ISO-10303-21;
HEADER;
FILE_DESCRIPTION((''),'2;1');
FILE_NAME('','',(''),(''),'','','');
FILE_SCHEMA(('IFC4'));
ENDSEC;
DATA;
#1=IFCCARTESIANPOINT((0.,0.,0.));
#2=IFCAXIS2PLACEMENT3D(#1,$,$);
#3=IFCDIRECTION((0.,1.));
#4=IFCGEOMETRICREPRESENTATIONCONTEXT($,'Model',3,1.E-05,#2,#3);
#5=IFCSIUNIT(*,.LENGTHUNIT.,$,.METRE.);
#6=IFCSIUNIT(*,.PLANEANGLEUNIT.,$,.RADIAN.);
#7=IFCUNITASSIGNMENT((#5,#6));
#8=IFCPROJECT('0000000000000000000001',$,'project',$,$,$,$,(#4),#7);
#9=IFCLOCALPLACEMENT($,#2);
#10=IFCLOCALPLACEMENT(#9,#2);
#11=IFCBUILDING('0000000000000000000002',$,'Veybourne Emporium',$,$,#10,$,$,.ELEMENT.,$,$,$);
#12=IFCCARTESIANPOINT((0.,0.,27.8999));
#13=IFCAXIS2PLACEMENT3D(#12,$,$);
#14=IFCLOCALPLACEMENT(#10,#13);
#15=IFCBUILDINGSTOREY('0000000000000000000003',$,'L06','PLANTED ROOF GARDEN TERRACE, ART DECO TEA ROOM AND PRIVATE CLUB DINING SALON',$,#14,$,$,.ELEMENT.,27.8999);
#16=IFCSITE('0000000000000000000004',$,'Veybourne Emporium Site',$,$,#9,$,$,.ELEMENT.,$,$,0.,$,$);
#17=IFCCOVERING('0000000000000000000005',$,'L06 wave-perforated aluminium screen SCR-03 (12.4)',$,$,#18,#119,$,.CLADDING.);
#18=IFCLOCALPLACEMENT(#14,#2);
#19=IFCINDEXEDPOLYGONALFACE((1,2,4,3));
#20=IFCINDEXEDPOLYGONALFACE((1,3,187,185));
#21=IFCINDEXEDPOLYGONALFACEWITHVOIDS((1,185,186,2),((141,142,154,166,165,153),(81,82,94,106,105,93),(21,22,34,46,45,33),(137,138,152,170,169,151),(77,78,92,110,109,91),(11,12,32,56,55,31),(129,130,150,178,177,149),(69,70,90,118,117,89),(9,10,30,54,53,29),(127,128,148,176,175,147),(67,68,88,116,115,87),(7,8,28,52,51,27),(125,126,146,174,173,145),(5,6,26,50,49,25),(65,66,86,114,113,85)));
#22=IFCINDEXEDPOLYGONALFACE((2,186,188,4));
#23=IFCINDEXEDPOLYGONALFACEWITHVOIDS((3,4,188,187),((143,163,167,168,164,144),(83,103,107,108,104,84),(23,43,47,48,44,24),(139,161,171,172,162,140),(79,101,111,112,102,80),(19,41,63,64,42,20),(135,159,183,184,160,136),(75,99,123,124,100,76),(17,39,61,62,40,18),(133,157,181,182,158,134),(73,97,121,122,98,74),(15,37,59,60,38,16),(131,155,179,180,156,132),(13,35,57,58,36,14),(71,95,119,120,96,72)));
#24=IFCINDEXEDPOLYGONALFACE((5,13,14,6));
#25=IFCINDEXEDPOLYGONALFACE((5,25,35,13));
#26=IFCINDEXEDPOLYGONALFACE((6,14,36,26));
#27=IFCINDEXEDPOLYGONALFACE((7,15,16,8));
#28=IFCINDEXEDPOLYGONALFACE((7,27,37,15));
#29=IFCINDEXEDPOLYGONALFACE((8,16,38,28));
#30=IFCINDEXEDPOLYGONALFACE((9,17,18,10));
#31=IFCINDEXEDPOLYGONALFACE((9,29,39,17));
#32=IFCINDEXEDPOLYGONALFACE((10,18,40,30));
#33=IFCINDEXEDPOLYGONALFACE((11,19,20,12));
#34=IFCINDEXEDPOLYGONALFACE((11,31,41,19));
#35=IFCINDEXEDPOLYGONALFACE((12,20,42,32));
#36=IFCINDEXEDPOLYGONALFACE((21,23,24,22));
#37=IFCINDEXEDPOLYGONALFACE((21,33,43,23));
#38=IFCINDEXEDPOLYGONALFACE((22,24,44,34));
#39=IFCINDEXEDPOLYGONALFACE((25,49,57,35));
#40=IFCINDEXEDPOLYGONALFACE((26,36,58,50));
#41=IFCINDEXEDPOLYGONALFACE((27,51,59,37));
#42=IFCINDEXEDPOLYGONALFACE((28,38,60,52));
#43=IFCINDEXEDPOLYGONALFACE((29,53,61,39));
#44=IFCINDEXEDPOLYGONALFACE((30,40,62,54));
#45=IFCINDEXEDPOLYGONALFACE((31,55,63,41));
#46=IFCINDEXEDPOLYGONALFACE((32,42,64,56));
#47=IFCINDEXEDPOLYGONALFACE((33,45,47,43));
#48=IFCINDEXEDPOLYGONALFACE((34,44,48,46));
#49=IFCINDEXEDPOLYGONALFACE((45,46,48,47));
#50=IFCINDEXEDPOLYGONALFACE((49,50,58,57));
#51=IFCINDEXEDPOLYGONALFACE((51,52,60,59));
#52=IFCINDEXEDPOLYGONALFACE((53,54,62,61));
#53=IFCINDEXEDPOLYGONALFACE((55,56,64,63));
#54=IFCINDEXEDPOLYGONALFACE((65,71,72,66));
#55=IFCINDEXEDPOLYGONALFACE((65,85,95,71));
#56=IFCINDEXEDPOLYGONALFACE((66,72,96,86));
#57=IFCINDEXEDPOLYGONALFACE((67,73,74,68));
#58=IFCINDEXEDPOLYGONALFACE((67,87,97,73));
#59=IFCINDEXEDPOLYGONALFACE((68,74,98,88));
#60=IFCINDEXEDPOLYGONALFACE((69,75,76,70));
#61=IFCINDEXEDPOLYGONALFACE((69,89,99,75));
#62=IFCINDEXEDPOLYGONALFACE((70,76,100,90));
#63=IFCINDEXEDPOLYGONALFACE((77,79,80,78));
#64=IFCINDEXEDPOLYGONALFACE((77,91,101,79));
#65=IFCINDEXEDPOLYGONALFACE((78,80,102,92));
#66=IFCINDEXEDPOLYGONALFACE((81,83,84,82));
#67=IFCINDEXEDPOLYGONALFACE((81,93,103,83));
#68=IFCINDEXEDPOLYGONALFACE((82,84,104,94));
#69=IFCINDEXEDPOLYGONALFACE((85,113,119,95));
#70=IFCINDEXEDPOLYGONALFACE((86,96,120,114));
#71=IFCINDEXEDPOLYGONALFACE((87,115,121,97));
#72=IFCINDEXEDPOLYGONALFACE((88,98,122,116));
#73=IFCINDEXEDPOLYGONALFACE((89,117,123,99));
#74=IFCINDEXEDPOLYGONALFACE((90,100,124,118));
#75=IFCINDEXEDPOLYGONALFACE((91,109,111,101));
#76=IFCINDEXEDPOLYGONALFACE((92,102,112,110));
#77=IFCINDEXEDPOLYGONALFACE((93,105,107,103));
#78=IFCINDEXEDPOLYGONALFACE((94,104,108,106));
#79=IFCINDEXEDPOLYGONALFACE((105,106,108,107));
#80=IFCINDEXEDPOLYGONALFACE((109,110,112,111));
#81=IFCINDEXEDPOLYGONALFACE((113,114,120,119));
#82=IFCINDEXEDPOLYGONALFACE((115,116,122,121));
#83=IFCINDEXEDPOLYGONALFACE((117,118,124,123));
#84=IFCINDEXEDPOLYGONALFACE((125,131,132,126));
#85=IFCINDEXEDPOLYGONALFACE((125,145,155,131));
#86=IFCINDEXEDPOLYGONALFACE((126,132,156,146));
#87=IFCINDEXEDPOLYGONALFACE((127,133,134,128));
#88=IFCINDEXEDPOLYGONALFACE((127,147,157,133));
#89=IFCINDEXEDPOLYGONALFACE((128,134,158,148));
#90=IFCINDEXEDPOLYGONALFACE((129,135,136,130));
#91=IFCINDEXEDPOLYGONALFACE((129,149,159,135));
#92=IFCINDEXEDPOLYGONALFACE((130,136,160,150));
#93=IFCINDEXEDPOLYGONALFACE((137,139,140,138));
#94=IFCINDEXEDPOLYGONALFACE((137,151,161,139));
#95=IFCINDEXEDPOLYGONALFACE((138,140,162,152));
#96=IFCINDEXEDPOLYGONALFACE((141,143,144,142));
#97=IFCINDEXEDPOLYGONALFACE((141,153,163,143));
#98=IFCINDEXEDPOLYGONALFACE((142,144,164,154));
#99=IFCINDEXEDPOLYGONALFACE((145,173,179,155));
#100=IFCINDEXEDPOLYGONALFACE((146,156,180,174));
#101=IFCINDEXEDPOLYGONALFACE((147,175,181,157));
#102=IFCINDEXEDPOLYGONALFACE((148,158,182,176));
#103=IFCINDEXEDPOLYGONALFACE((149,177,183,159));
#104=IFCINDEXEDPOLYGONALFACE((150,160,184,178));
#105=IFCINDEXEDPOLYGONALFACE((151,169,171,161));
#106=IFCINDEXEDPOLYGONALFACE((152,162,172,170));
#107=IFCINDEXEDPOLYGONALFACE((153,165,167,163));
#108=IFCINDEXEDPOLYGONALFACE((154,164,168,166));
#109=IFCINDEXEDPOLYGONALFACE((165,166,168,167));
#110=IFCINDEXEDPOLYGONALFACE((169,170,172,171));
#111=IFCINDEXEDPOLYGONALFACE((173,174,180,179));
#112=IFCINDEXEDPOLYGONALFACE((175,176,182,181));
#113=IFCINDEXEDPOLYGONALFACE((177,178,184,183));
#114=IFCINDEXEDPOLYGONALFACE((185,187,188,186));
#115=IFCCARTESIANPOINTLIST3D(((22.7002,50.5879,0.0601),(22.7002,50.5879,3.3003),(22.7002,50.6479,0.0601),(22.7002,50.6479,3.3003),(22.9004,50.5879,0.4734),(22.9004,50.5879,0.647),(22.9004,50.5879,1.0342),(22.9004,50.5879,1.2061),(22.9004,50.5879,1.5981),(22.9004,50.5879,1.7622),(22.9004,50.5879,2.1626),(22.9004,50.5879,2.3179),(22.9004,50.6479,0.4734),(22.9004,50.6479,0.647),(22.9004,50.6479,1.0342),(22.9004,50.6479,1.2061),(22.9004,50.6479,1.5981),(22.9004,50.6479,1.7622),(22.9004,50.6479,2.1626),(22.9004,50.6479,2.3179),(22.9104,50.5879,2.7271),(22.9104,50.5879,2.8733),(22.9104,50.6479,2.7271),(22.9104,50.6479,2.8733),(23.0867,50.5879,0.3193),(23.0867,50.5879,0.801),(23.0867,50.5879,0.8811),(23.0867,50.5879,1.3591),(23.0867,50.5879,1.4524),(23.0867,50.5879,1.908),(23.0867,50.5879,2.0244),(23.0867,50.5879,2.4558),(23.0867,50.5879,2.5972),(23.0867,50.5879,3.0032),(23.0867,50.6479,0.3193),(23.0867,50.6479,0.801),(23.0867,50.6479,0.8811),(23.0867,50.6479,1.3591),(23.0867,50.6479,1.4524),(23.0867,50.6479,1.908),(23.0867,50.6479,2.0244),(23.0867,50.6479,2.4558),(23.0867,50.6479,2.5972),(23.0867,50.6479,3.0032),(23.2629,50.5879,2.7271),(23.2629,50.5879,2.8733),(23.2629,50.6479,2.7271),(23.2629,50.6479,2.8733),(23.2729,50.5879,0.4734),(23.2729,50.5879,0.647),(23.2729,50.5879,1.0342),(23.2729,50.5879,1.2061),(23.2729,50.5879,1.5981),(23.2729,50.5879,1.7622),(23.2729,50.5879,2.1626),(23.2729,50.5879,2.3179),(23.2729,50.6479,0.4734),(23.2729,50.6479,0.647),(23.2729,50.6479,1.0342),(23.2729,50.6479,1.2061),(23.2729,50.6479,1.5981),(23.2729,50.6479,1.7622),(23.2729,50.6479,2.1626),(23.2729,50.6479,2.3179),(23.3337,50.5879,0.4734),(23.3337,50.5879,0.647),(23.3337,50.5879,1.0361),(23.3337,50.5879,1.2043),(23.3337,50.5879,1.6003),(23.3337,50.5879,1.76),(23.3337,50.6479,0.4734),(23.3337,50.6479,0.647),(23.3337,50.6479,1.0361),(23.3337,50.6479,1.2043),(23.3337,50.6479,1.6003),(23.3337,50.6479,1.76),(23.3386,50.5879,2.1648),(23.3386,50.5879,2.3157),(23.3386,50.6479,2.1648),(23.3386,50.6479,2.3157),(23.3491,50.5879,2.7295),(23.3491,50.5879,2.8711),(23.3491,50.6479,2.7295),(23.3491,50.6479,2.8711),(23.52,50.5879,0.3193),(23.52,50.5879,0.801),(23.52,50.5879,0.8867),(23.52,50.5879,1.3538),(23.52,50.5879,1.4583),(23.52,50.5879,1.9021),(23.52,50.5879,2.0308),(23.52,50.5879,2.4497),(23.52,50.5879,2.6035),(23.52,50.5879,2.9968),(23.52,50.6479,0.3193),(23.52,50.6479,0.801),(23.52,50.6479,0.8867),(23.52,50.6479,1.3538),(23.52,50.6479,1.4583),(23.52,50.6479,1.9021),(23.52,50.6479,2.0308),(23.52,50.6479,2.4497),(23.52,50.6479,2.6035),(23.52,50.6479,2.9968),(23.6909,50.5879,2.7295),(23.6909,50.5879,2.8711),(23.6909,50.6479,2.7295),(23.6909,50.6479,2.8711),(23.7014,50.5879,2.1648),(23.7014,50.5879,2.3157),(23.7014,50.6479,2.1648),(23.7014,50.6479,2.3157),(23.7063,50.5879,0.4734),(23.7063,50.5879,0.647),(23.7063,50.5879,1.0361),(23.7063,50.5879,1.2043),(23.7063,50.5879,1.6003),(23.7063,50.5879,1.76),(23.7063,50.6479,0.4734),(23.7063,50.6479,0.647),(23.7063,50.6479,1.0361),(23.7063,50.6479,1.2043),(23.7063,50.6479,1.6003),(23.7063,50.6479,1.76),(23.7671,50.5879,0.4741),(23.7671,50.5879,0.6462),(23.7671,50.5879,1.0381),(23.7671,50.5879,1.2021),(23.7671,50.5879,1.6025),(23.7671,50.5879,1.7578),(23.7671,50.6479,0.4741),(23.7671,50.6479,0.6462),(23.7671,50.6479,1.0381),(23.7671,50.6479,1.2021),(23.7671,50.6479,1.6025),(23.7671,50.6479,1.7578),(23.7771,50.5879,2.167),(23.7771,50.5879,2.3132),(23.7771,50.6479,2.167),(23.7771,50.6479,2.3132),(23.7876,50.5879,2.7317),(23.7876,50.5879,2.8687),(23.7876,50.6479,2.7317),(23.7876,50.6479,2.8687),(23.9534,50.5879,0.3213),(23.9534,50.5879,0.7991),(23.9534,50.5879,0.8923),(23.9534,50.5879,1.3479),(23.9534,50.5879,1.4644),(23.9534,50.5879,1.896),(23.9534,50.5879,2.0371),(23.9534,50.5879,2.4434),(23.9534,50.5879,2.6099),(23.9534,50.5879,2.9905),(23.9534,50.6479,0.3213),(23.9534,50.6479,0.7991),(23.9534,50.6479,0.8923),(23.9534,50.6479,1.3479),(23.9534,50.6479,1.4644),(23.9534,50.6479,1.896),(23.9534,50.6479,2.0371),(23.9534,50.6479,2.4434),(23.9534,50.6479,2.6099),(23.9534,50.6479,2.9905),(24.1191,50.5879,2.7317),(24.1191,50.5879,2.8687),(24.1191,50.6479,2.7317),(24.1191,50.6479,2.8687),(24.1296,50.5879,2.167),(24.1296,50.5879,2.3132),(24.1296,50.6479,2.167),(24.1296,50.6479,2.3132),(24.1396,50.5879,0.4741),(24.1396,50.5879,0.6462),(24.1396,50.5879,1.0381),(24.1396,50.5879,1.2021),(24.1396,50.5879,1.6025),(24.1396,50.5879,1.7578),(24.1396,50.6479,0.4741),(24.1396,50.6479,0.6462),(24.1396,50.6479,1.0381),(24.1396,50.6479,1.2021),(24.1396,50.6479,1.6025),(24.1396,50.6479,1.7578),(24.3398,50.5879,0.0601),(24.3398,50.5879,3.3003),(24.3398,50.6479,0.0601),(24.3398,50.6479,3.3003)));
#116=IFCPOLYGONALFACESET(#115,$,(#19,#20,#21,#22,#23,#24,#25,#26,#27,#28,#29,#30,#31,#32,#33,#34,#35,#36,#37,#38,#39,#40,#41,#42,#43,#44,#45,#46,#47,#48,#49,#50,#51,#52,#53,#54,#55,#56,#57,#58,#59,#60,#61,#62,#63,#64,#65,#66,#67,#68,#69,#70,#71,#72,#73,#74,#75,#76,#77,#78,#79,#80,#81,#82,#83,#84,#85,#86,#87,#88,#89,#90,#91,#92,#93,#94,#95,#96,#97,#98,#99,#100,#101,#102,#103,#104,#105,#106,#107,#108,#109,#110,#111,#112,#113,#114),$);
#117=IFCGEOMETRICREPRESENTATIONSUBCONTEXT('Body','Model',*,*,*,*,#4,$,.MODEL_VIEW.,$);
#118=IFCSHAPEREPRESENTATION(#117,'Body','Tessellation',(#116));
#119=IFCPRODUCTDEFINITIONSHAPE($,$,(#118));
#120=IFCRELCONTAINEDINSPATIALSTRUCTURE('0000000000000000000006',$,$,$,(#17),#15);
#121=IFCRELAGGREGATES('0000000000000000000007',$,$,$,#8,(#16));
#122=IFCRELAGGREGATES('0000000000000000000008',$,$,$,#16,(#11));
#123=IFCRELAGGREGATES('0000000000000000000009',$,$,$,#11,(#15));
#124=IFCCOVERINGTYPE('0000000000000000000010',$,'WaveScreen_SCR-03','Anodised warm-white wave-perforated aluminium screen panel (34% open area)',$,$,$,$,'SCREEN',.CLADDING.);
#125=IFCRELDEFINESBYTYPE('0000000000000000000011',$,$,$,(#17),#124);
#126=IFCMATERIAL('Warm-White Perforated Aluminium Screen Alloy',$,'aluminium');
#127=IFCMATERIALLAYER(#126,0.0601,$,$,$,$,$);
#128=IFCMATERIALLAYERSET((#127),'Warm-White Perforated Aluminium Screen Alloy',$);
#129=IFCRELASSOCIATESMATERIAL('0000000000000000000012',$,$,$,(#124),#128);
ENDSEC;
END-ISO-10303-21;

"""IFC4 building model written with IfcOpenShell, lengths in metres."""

from ifc_helpers import new_model, si_unit, direction, frame, origin, place, context, subcontext, project, spatial, polyline, outline, extrude, material, layer, layer_set, type_object, element, save


model = new_model("IFC4")

# Units and contexts
model_context = context("Model", 3, precision=1e-05, world=origin(), true_north=direction((0.0, 1.0)))
body_context = subcontext(model_context, "Body", "Model", "MODEL_VIEW")
ifc_project = project(units=[si_unit("LENGTHUNIT", "METRE"), si_unit("PLANEANGLEUNIT", "RADIAN")], contexts=[model_context])

# Site, building, storey
site_placement = place(None, origin())
site = spatial("IfcSite", under=ifc_project, at=site_placement, Name="Veybourne Emporium Site", CompositionType="ELEMENT", RefElevation=0.0)
building_placement = place(site_placement, origin())
building = spatial("IfcBuilding", under=site, at=building_placement, Name="Veybourne Emporium", CompositionType="ELEMENT")
storey_placement = place(building_placement, frame((0.0, 0.0, 27.8999)))
storey = spatial("IfcBuildingStorey", under=building, at=storey_placement, Name="L06", Description="PLANTED ROOF GARDEN TERRACE, ART DECO TEA ROOM AND PRIVATE CLUB DINING SALON", CompositionType="ELEMENT", Elevation=27.8999)

# Covering
ifc_material_1 = material(Name="Warm-White Perforated Aluminium Screen Alloy", Category="aluminium")
ifc_layer_1 = layer(ifc_material_1, 0.0601)
ifc_layer_set_1 = layer_set([ifc_layer_1], Name="Warm-White Perforated Aluminium Screen Alloy")
covering_type_1 = type_object("IfcCoveringType", Name="WaveScreen_SCR-03", Description="Anodised warm-white wave-perforated aluminium screen panel (34% open area)", ElementType="SCREEN", PredefinedType="CLADDING", material=ifc_layer_set_1)
covering_1_placement = place(storey_placement, frame((23.52, 50.6479, 1.6802), z_axis=(0.0, -1.0, 0.0), x_axis=(1.0, 0.0, 0.0)))
element("IfcCovering", 1, at=covering_1_placement, inside=storey, type_object=covering_type_1, Name="L06 wave-perforated aluminium screen SCR-03 (12.4)", PredefinedType="CLADDING", context=body_context, shape_type="SweptSolid", body=[
    extrude(outline(polyline([(-0.8198, -1.6201), (0.8198, -1.6201), (0.8198, 1.6201), (-0.8198, 1.6201), (-0.8198, -1.6201)]), holes=[polyline([(-0.4333, -0.8792), (-0.2471, -1.0332), (-0.2471, -1.2068), (-0.4333, -1.3608), (-0.6196, -1.2068), (-0.6196, -1.0332), (-0.4333, -0.8792)]), polyline([(-0.4333, -0.321), (-0.2471, -0.4741), (-0.2471, -0.646), (-0.4333, -0.7991), (-0.6196, -0.646), (-0.6196, -0.4741), (-0.4333, -0.321)]), polyline([(-0.4333, 0.2278), (-0.2471, 0.082), (-0.2471, -0.082), (-0.4333, -0.2278), (-0.6196, -0.082), (-0.6196, 0.082), (-0.4333, 0.2278)]), polyline([(-0.4333, 0.7756), (-0.2471, 0.6377), (-0.2471, 0.4824), (-0.4333, 0.3442), (-0.6196, 0.4824), (-0.6196, 0.6377), (-0.4333, 0.7756)]), polyline([(-0.4333, 1.323), (-0.2571, 1.1931), (-0.2571, 1.0469), (-0.4333, 0.917), (-0.6096, 1.0469), (-0.6096, 1.1931), (-0.4333, 1.323)]), polyline([(0.0, -0.8792), (0.1863, -1.0332), (0.1863, -1.2068), (0.0, -1.3608), (-0.1863, -1.2068), (-0.1863, -1.0332), (0.0, -0.8792)]), polyline([(0.0, -0.3264), (0.1863, -0.4758), (0.1863, -0.644), (0.0, -0.7935), (-0.1863, -0.644), (-0.1863, -0.4758), (0.0, -0.3264)]), polyline([(0.0, 0.2219), (0.1863, 0.0798), (0.1863, -0.0798), (0.0, -0.2219), (-0.1863, -0.0798), (-0.1863, 0.0798), (0.0, 0.2219)]), polyline([(0.0, 0.7695), (0.1814, 0.6355), (0.1814, 0.4846), (0.0, 0.3506), (-0.1814, 0.4846), (-0.1814, 0.6355), (0.0, 0.7695)]), polyline([(0.0, 1.3167), (0.1709, 1.1909), (0.1709, 1.0493), (0.0, 0.9233), (-0.1709, 1.0493), (-0.1709, 1.1909), (0.0, 1.3167)]), polyline([(0.4333, -0.8811), (0.6196, -1.0339), (0.6196, -1.2061), (0.4333, -1.3589), (0.2471, -1.2061), (0.2471, -1.0339), (0.4333, -0.8811)]), polyline([(0.4333, -0.3323), (0.6196, -0.478), (0.6196, -0.6421), (0.4333, -0.7878), (0.2471, -0.6421), (0.2471, -0.478), (0.4333, -0.3323)]), polyline([(0.4333, 0.2158), (0.6196, 0.0776), (0.6196, -0.0776), (0.4333, -0.2158), (0.2471, -0.0776), (0.2471, 0.0776), (0.4333, 0.2158)]), polyline([(0.4333, 0.7632), (0.6096, 0.6331), (0.6096, 0.4868), (0.4333, 0.3569), (0.2571, 0.4868), (0.2571, 0.6331), (0.4333, 0.7632)]), polyline([(0.4333, 1.3103), (0.5991, 1.1885), (0.5991, 1.0515), (0.4333, 0.9297), (0.2676, 1.0515), (0.2676, 1.1885), (0.4333, 1.3103)])]), origin(), (0.0, 0.0, 1.0), 0.0601),
])

save(model, "model.ifc")
